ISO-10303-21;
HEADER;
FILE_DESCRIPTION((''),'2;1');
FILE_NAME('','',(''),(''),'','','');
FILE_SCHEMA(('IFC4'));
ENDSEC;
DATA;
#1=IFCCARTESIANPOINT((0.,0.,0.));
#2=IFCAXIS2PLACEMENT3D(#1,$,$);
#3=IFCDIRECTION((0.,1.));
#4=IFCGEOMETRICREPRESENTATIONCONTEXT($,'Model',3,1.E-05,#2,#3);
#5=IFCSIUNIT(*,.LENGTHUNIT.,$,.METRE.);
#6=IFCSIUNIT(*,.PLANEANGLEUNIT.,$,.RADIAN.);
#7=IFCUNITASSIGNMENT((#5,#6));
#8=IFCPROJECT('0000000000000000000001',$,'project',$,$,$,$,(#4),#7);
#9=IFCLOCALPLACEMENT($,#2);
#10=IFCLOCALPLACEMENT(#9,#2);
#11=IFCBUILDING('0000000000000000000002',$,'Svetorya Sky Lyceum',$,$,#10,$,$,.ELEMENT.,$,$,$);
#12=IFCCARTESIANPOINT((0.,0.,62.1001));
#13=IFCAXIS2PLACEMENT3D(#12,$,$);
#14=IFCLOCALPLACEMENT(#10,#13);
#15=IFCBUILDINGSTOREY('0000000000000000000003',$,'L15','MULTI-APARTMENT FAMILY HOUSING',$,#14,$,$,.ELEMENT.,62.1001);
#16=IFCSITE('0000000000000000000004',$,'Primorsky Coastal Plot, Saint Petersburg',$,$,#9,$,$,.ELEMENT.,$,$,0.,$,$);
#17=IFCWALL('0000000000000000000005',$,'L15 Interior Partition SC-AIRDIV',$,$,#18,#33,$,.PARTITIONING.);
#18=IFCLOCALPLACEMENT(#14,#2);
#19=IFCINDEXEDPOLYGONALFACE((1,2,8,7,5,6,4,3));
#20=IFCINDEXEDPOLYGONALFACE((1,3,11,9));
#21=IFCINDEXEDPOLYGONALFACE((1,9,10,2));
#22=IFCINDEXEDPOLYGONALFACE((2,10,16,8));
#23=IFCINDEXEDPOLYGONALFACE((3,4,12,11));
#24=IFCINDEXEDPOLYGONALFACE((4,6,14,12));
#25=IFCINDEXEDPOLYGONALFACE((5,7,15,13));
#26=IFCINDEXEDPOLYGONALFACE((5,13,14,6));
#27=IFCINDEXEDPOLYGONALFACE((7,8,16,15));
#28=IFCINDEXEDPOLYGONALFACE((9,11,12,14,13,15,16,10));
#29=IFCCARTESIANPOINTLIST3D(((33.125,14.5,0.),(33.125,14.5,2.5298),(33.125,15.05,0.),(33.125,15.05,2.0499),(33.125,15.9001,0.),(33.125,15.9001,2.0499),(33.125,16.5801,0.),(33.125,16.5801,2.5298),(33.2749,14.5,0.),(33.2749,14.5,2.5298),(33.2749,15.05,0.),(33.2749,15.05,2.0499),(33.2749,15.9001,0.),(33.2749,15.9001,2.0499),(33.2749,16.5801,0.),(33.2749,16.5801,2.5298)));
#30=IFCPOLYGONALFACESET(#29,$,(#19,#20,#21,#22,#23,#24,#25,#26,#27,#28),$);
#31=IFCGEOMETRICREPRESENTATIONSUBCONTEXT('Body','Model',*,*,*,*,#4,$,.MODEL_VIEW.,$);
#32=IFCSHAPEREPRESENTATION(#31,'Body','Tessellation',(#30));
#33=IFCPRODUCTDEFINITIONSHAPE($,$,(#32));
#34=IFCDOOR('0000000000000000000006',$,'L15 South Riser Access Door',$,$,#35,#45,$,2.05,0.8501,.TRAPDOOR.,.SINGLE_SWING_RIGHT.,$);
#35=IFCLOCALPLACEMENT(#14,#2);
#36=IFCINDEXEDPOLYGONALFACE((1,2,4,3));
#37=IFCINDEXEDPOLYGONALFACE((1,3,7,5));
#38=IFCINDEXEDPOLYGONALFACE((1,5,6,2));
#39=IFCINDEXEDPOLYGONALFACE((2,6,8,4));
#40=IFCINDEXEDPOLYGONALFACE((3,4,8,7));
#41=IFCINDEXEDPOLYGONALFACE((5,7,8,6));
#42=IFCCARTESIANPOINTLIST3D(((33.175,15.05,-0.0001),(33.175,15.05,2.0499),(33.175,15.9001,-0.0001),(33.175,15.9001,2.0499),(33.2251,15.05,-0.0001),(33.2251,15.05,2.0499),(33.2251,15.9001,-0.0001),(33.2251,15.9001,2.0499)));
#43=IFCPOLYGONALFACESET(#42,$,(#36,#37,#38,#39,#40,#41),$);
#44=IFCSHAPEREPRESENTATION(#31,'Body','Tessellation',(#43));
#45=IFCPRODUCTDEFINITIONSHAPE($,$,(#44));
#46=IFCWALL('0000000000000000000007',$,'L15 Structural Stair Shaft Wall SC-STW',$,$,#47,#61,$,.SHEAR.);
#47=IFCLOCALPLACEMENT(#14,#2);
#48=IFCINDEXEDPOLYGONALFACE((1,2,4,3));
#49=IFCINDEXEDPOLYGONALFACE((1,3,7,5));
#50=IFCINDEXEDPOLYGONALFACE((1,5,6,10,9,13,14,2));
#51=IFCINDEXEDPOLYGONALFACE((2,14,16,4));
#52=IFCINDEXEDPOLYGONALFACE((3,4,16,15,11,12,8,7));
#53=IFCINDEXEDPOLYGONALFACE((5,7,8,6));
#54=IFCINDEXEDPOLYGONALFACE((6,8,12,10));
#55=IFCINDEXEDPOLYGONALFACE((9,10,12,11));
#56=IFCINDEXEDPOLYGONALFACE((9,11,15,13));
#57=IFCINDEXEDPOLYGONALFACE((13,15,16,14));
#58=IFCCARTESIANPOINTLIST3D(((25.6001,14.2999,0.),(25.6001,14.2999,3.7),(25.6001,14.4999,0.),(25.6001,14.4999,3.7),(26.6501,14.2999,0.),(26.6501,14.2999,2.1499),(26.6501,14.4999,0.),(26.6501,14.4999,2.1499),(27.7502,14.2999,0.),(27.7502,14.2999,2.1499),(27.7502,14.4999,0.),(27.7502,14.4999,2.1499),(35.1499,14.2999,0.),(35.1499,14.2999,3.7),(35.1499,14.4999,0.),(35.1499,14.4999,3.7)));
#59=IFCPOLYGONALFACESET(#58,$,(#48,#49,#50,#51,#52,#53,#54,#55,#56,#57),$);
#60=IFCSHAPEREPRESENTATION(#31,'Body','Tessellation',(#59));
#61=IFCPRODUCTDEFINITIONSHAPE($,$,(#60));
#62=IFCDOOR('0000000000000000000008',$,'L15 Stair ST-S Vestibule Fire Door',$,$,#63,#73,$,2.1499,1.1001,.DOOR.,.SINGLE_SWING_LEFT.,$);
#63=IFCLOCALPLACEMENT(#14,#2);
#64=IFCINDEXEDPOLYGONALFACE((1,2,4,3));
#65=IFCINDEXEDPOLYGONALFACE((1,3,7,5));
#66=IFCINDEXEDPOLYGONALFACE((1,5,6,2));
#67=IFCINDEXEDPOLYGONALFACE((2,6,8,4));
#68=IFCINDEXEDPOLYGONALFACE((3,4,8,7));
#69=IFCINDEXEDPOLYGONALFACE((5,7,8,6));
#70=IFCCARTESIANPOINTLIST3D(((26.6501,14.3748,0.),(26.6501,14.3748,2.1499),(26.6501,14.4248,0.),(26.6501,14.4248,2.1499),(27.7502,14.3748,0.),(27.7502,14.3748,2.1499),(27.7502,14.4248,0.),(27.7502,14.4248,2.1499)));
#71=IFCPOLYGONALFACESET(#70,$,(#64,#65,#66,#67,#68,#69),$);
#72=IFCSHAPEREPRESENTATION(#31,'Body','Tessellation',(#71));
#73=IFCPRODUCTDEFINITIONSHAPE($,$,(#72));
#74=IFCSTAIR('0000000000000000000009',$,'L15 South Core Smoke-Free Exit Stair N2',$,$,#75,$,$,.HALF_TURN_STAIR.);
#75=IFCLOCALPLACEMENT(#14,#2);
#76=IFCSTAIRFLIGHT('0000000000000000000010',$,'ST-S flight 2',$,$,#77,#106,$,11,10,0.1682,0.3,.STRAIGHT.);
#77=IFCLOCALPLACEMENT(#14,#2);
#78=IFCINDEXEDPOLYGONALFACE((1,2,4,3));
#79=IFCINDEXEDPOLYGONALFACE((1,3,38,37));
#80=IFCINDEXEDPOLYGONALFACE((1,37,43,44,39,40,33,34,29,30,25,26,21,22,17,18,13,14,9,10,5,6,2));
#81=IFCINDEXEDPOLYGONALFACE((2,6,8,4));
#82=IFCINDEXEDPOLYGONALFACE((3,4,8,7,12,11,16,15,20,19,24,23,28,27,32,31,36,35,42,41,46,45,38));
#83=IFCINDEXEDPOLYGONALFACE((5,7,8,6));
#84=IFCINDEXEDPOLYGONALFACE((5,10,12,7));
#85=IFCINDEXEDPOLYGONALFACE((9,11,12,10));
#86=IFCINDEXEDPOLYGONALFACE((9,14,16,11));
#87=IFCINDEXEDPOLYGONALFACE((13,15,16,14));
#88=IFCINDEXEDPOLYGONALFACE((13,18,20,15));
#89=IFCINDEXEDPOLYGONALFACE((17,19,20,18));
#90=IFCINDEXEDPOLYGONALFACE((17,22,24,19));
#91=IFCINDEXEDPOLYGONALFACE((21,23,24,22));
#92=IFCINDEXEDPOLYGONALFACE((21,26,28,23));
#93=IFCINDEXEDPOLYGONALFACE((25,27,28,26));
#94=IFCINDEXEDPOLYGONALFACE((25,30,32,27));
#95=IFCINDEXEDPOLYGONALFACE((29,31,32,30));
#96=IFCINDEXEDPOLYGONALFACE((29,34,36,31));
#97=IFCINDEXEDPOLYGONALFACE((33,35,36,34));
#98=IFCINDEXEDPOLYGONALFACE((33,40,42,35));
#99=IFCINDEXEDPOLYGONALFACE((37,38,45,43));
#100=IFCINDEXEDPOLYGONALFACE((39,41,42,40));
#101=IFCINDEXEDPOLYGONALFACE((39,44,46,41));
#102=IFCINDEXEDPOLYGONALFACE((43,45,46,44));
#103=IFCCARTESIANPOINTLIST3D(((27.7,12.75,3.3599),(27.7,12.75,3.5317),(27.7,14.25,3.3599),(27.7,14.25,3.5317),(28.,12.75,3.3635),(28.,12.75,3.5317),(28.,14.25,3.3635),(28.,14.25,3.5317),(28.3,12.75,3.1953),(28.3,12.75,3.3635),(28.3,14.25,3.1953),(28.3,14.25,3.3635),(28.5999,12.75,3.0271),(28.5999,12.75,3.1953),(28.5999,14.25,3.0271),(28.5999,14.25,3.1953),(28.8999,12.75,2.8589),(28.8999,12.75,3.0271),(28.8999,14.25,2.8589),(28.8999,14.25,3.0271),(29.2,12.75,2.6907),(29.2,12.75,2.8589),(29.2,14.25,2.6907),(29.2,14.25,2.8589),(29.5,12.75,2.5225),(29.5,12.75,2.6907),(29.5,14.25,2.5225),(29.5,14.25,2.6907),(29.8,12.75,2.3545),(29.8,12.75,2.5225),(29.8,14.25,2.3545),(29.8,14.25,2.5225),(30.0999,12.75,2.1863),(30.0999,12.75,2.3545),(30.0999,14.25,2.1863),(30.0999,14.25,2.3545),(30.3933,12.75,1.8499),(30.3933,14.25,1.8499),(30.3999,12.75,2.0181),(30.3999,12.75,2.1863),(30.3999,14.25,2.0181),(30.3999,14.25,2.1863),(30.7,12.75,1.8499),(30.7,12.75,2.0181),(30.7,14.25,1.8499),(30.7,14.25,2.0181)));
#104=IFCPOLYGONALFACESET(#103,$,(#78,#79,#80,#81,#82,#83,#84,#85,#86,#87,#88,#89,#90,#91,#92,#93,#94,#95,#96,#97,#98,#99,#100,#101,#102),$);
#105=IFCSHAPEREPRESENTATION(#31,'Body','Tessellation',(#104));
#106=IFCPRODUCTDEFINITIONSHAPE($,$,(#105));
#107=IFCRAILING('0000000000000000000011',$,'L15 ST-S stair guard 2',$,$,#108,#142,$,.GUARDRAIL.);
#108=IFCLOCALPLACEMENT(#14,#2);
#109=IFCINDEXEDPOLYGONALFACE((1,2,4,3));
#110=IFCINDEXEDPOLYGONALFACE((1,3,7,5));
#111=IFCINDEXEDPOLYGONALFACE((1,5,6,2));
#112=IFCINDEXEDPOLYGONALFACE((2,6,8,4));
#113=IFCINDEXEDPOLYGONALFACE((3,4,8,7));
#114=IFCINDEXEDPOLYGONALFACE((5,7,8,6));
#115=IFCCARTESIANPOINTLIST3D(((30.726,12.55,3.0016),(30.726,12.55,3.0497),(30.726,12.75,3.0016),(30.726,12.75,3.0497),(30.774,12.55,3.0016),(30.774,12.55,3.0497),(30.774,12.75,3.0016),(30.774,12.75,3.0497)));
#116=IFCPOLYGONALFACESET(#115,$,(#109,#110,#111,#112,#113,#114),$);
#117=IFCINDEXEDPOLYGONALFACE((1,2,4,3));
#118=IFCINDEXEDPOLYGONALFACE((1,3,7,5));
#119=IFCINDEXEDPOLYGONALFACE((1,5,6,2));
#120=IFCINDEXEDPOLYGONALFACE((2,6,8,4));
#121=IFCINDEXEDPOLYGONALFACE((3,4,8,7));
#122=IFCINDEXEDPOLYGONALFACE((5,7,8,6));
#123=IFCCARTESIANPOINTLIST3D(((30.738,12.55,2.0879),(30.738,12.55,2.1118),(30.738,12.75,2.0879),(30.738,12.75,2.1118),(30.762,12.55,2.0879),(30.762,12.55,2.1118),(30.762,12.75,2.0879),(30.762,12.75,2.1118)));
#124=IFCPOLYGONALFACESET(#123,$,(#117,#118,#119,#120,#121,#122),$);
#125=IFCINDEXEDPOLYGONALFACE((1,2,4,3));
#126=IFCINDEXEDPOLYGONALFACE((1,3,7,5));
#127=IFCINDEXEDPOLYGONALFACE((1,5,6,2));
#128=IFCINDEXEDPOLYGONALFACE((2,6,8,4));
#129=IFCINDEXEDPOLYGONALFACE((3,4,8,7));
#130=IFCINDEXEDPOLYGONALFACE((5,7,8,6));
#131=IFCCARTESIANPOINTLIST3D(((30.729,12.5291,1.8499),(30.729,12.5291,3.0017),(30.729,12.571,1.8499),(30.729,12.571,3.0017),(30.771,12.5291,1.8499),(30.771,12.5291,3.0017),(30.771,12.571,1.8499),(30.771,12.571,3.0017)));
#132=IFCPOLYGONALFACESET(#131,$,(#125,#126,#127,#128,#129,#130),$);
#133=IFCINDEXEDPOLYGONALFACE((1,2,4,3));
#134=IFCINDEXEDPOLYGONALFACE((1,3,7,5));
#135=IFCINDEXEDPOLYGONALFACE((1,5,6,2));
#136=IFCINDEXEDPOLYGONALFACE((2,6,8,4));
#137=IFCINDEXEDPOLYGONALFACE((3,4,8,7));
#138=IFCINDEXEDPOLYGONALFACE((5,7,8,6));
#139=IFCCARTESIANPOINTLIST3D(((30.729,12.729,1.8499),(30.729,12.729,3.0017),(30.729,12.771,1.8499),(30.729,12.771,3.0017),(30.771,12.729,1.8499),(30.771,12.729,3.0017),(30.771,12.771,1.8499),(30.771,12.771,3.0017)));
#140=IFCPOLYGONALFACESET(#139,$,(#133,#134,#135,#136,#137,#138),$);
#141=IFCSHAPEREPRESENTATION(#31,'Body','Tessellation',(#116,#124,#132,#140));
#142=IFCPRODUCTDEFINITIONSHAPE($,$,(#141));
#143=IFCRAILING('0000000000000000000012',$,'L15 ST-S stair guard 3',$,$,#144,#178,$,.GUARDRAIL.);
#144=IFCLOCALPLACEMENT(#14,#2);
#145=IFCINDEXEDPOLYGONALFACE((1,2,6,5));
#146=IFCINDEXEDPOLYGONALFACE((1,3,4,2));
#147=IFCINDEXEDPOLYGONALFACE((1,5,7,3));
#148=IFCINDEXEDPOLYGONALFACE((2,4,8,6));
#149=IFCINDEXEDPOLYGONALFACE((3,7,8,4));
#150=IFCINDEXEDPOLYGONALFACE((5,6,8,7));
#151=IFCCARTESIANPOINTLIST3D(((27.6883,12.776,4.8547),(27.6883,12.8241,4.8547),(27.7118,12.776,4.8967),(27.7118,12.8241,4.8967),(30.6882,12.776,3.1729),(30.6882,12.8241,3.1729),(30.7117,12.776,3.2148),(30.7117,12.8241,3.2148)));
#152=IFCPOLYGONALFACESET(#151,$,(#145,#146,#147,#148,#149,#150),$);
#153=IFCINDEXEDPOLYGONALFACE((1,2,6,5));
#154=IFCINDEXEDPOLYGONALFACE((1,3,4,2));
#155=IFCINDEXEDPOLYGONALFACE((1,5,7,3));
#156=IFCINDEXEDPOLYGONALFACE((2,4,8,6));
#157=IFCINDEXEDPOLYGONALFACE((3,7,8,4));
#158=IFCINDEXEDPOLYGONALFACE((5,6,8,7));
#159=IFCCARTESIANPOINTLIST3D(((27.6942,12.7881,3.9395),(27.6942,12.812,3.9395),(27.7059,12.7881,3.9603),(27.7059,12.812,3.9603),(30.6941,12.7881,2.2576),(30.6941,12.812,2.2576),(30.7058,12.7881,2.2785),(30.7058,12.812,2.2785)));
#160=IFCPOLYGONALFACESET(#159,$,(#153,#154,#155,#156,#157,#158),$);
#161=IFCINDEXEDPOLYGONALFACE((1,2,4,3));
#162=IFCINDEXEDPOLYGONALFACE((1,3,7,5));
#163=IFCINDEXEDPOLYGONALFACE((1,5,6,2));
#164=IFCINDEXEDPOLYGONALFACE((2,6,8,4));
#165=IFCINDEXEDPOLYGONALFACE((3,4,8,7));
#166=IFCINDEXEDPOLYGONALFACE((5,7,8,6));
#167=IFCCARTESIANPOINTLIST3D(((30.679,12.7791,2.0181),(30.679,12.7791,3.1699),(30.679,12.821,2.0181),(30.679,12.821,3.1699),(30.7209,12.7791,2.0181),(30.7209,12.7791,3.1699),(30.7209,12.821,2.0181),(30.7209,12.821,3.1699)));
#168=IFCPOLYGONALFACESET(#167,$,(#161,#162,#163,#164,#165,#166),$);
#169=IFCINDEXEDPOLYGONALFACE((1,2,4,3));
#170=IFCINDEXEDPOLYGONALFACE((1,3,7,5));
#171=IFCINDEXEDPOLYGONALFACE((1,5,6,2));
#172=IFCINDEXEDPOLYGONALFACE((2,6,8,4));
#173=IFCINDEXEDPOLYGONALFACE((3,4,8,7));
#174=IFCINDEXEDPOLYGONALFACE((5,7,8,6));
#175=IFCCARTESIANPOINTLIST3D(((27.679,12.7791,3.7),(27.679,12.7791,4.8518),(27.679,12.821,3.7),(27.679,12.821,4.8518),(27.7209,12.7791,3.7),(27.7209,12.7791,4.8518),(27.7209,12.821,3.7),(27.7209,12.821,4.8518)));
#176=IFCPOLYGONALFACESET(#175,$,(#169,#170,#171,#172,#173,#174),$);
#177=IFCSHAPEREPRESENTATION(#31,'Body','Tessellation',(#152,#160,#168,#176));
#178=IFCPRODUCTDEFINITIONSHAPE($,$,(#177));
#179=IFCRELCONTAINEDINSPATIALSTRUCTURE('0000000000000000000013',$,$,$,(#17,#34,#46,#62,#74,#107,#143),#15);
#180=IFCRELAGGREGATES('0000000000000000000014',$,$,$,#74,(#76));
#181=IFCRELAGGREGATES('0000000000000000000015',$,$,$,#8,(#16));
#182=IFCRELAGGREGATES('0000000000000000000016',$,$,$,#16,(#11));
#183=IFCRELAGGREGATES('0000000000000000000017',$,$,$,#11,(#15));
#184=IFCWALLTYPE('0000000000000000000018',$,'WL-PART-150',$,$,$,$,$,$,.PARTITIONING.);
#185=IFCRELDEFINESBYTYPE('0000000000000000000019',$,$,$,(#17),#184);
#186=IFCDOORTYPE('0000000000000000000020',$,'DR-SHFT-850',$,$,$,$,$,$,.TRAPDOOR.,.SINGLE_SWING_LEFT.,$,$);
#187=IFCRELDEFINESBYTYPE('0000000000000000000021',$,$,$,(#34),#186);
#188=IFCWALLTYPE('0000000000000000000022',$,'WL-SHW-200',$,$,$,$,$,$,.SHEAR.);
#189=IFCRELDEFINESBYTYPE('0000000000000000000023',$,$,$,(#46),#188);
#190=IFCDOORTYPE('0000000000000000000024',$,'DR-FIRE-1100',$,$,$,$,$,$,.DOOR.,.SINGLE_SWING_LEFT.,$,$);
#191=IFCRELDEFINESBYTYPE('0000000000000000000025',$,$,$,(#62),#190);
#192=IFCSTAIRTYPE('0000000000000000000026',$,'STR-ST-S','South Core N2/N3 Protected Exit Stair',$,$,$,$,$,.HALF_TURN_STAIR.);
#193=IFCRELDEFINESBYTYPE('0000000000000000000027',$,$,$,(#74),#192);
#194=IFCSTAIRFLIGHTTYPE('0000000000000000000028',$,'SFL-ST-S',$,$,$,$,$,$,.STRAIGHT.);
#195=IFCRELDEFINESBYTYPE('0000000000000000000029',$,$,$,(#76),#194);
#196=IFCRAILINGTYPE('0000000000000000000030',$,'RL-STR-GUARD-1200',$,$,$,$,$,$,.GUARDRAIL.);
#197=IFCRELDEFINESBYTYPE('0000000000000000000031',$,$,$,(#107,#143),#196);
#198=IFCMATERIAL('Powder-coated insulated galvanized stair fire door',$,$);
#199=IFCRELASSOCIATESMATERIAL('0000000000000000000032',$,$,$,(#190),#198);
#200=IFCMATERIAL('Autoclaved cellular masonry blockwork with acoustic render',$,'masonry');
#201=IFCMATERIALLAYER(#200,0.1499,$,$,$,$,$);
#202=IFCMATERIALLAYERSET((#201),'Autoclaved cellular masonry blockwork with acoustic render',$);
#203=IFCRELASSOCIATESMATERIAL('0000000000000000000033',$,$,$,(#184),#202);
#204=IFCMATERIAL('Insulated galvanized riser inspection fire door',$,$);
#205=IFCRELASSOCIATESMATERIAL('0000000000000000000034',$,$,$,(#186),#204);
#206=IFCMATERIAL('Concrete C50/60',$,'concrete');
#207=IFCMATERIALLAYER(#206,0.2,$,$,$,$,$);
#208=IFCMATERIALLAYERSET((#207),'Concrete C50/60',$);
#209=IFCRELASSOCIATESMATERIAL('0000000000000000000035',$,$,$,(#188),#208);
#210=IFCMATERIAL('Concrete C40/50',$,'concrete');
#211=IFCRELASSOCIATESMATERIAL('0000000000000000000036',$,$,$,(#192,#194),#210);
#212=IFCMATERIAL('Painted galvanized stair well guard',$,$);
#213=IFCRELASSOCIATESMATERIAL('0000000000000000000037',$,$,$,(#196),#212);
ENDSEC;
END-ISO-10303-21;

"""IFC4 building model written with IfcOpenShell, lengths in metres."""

from ifc_helpers import new_model, si_unit, direction, frame, frame_2d, origin, origin_2d, place, context, subcontext, project, spatial, polyline, rectangle, outline, extrude, material, layer, layer_set, type_object, element, fill, aggregate, save


model = new_model("IFC4")

# Units and contexts
model_context = context("Model", 3, precision=1e-05, world=origin(), true_north=direction((0.0, 1.0)))
body_context = subcontext(model_context, "Body", "Model", "MODEL_VIEW")
ifc_project = project(units=[si_unit("LENGTHUNIT", "METRE"), si_unit("PLANEANGLEUNIT", "RADIAN")], contexts=[model_context])

# Site, building, storey
site_placement = place(None, origin())
site = spatial("IfcSite", under=ifc_project, at=site_placement, Name="Primorsky Coastal Plot, Saint Petersburg", CompositionType="ELEMENT", RefElevation=0.0)
building_placement = place(site_placement, origin())
building = spatial("IfcBuilding", under=site, at=building_placement, Name="Svetorya Sky Lyceum", CompositionType="ELEMENT")
storey_placement = place(building_placement, frame((0.0, 0.0, 62.1001)))
storey = spatial("IfcBuildingStorey", under=building, at=storey_placement, Name="L15", Description="MULTI-APARTMENT FAMILY HOUSING", CompositionType="ELEMENT", Elevation=62.1001)

# Shared definitions
ifc_material_1 = material(Name="Concrete C50/60", Category="concrete")

# Shared definitions
ifc_material_2 = material(Name="Powder-coated insulated galvanized stair fire door")
door_type_1 = type_object("IfcDoorType", Name="DR-FIRE-1100", OperationType="SINGLE_SWING_LEFT", PredefinedType="DOOR", material=ifc_material_2)

# Walls, openings, doors
ifc_material_3 = material(Name="Autoclaved cellular masonry blockwork with acoustic render", Category="masonry")
ifc_layer_1 = layer(ifc_material_3, 0.1499)
ifc_layer_set_1 = layer_set([ifc_layer_1], Name="Autoclaved cellular masonry blockwork with acoustic render")
wall_type_1 = type_object("IfcWallType", Name="WL-PART-150", PredefinedType="PARTITIONING", material=ifc_layer_set_1)
wall_1_placement = place(storey_placement, frame((33.2, 14.5, 0.0), z_axis=(0.0, 0.0, 1.0), x_axis=(0.0, 1.0, 0.0)))
wall_1 = element("IfcWall", 1, at=wall_1_placement, inside=storey, type_object=wall_type_1, Name="L15 Interior Partition SC-AIRDIV", PredefinedType="PARTITIONING", context=body_context, shape_type="SweptSolid", body=[
    extrude(rectangle(XDim=2.0801, YDim=0.1499, at=frame_2d((1.04, 0.0))), origin(), (0.0, 0.0, 1.0), 2.5298),
])
opening_1_placement = place(wall_1_placement, frame((0.55, 0.0, 0.0)))
opening_1 = element("IfcOpeningElement", 2, at=opening_1_placement, cuts=wall_1, PredefinedType="OPENING", context=body_context, shape_type="SweptSolid", body=[
    extrude(rectangle(XDim=0.8501, YDim=2.05, at=frame_2d((0.425, 1.0249))), frame((0.0, 0.085, 0.0), z_axis=(0.0, -1.0, 0.0), x_axis=(1.0, 0.0, 0.0)), (0.0, 0.0, 1.0), 0.1699),
])
ifc_material_4 = material(Name="Insulated galvanized riser inspection fire door")
door_type_2 = type_object("IfcDoorType", Name="DR-SHFT-850", OperationType="SINGLE_SWING_LEFT", PredefinedType="TRAPDOOR", material=ifc_material_4)
door_1_placement = place(opening_1_placement, origin())
door_1 = element("IfcDoor", 3, at=door_1_placement, inside=storey, type_object=door_type_2, Name="L15 South Riser Access Door", OperationType="SINGLE_SWING_RIGHT", OverallHeight=2.05, OverallWidth=0.8501, PredefinedType="TRAPDOOR", context=body_context, shape_type="SweptSolid", body=[
    extrude(rectangle(XDim=0.8501, YDim=2.05, at=frame_2d((0.425, 1.0249))), frame((0.0, 0.0249, 0.0), z_axis=(0.0, -1.0, 0.0), x_axis=(1.0, 0.0, 0.0)), (0.0, 0.0, 1.0), 0.05),
])
fill(opening_1, door_1)
ifc_layer_2 = layer(ifc_material_1, 0.2)
ifc_layer_set_2 = layer_set([ifc_layer_2], Name="Concrete C50/60")
wall_type_2 = type_object("IfcWallType", Name="WL-SHW-200", PredefinedType="SHEAR", material=ifc_layer_set_2)
wall_2_placement = place(storey_placement, frame((25.6001, 14.3999, 0.0), z_axis=(0.0, 0.0, 1.0), x_axis=(1.0, 0.0, 0.0)))
wall_2 = element("IfcWall", 4, at=wall_2_placement, inside=storey, type_object=wall_type_2, Name="L15 Structural Stair Shaft Wall SC-STW", PredefinedType="SHEAR", context=body_context, shape_type="SweptSolid", body=[
    extrude(rectangle(XDim=9.5498, YDim=0.2, at=frame_2d((4.7749, 0.0))), origin(), (0.0, 0.0, 1.0), 3.7),
])
opening_2_placement = place(wall_2_placement, frame((1.05, 0.0, 0.0)))
opening_2 = element("IfcOpeningElement", 5, at=opening_2_placement, cuts=wall_2, PredefinedType="OPENING", context=body_context, shape_type="SweptSolid", body=[
    extrude(rectangle(XDim=1.1001, YDim=2.1499, at=frame_2d((0.55, 1.075))), frame((0.0, 0.1099, 0.0), z_axis=(0.0, -1.0, 0.0), x_axis=(1.0, 0.0, 0.0)), (0.0, 0.0, 1.0), 0.22),
])
door_2_placement = place(opening_2_placement, origin())
door_2 = element("IfcDoor", 6, at=door_2_placement, inside=storey, type_object=door_type_1, Name="L15 Stair ST-S Vestibule Fire Door", OperationType="SINGLE_SWING_LEFT", OverallHeight=2.1499, OverallWidth=1.1001, PredefinedType="DOOR", context=body_context, shape_type="SweptSolid", body=[
    extrude(rectangle(XDim=1.1001, YDim=2.1499, at=frame_2d((0.55, 1.075))), frame((0.0, 0.0249, 0.0), z_axis=(0.0, -1.0, 0.0), x_axis=(1.0, 0.0, 0.0)), (0.0, 0.0, 1.0), 0.05),
])
fill(opening_2, door_2)

# Stair, stair flight
ifc_material_5 = material(Name="Concrete C40/50", Category="concrete")
stair_type = type_object("IfcStairType", Name="STR-ST-S", Description="South Core N2/N3 Protected Exit Stair", PredefinedType="HALF_TURN_STAIR", material=ifc_material_5)
stair_placement = place(storey_placement, origin())
stair = element("IfcStair", 7, at=stair_placement, inside=storey, type_object=stair_type, Name="L15 South Core Smoke-Free Exit Stair N2", PredefinedType="HALF_TURN_STAIR")
stair_flight_type = type_object("IfcStairFlightType", Name="SFL-ST-S", PredefinedType="STRAIGHT", material=ifc_material_5)
stair_flight_placement = place(storey_placement, frame((30.7, 13.5, 1.8499), z_axis=(0.0, 0.0, 1.0), x_axis=(-1.0, 0.0, 0.0)))
stair_flight = element("IfcStairFlight", 8, at=stair_flight_placement, type_object=stair_flight_type, Name="ST-S flight 2", NumberOfRisers=11, NumberOfTreads=10, PredefinedType="STRAIGHT", RiserHeight=0.1682, TreadLength=0.3, context=body_context, shape_type="SweptSolid", body=[
    extrude(outline(polyline([(0.0, 0.0), (0.0, 0.1682), (0.3, 0.1682), (0.3, 0.3364), (0.6001, 0.3364), (0.6001, 0.5046), (0.8999, 0.5046), (0.8999, 0.6726), (1.2, 0.6726), (1.2, 0.8408), (1.5, 0.8408), (1.5, 1.009), (1.8, 1.009), (1.8, 1.1772), (2.1001, 1.1772), (2.1001, 1.3455), (2.3999, 1.3455), (2.3999, 1.5137), (2.7, 1.5137), (2.7, 1.6819), (3.0, 1.6819), (3.0, 1.8501), (3.0, 1.51), (0.3066, 0.0), (0.0, 0.0)])), frame((0.0, 0.75, 0.0), z_axis=(0.0, -1.0, 0.0), x_axis=(1.0, 0.0, 0.0)), (0.0, 0.0, 1.0), 1.5),
])
aggregate(stair, [stair_flight])

# Railings
ifc_material_6 = material(Name="Painted galvanized stair well guard")
railing_type_1 = type_object("IfcRailingType", Name="RL-STR-GUARD-1200", PredefinedType="GUARDRAIL", material=ifc_material_6)
railing_1_placement = place(storey_placement, frame((30.75, 12.55, 1.8499)))
element("IfcRailing", 9, at=railing_1_placement, inside=storey, type_object=railing_type_1, Name="L15 ST-S stair guard 2", PredefinedType="GUARDRAIL", context=body_context, shape_type="SweptSolid", body=[
    extrude(rectangle(XDim=0.0481, YDim=0.0481, at=origin_2d()), frame((0.0, 0.0, 1.1758), z_axis=(0.0, 1.0, 0.0), x_axis=(-1.0, 0.0, 0.0)), (0.0, 0.0, 1.0), 0.2),
    extrude(rectangle(XDim=0.0239, YDim=0.0239, at=origin_2d()), frame((0.0, 0.0, 0.25), z_axis=(0.0, 1.0, 0.0), x_axis=(-1.0, 0.0, 0.0)), (0.0, 0.0, 1.0), 0.2),
    extrude(rectangle(XDim=0.042, YDim=0.042, at=origin_2d()), origin(), (0.0, 0.0, 1.0), 1.1519),
    extrude(rectangle(XDim=0.042, YDim=0.042, at=origin_2d()), frame((0.0, 0.2, 0.0)), (0.0, 0.0, 1.0), 1.1519),
])
railing_2_placement = place(storey_placement, frame((30.7, 12.8, 2.0181)))
element("IfcRailing", 10, at=railing_2_placement, inside=storey, type_object=railing_type_1, Name="L15 ST-S stair guard 3", PredefinedType="GUARDRAIL", context=body_context, shape_type="SweptSolid", body=[
    extrude(rectangle(XDim=0.0481, YDim=0.0481, at=origin_2d()), frame((0.0, 0.0, 1.1758), z_axis=(-0.872272, 0.0, 0.48902), x_axis=(0.0, -1.0, 0.0)), (0.0, 0.0, 1.0), 3.4392),
    extrude(rectangle(XDim=0.0239, YDim=0.0239, at=origin_2d()), frame((0.0, 0.0, 0.25), z_axis=(-0.872272, 0.0, 0.48902), x_axis=(0.0, -1.0, 0.0)), (0.0, 0.0, 1.0), 3.4392),
    extrude(rectangle(XDim=0.042, YDim=0.042, at=origin_2d()), origin(), (0.0, 0.0, 1.0), 1.1519),
    extrude(rectangle(XDim=0.042, YDim=0.042, at=origin_2d()), frame((-3.0, 0.0, 1.6819)), (0.0, 0.0, 1.0), 1.1519),
])

save(model, "model.ifc")
